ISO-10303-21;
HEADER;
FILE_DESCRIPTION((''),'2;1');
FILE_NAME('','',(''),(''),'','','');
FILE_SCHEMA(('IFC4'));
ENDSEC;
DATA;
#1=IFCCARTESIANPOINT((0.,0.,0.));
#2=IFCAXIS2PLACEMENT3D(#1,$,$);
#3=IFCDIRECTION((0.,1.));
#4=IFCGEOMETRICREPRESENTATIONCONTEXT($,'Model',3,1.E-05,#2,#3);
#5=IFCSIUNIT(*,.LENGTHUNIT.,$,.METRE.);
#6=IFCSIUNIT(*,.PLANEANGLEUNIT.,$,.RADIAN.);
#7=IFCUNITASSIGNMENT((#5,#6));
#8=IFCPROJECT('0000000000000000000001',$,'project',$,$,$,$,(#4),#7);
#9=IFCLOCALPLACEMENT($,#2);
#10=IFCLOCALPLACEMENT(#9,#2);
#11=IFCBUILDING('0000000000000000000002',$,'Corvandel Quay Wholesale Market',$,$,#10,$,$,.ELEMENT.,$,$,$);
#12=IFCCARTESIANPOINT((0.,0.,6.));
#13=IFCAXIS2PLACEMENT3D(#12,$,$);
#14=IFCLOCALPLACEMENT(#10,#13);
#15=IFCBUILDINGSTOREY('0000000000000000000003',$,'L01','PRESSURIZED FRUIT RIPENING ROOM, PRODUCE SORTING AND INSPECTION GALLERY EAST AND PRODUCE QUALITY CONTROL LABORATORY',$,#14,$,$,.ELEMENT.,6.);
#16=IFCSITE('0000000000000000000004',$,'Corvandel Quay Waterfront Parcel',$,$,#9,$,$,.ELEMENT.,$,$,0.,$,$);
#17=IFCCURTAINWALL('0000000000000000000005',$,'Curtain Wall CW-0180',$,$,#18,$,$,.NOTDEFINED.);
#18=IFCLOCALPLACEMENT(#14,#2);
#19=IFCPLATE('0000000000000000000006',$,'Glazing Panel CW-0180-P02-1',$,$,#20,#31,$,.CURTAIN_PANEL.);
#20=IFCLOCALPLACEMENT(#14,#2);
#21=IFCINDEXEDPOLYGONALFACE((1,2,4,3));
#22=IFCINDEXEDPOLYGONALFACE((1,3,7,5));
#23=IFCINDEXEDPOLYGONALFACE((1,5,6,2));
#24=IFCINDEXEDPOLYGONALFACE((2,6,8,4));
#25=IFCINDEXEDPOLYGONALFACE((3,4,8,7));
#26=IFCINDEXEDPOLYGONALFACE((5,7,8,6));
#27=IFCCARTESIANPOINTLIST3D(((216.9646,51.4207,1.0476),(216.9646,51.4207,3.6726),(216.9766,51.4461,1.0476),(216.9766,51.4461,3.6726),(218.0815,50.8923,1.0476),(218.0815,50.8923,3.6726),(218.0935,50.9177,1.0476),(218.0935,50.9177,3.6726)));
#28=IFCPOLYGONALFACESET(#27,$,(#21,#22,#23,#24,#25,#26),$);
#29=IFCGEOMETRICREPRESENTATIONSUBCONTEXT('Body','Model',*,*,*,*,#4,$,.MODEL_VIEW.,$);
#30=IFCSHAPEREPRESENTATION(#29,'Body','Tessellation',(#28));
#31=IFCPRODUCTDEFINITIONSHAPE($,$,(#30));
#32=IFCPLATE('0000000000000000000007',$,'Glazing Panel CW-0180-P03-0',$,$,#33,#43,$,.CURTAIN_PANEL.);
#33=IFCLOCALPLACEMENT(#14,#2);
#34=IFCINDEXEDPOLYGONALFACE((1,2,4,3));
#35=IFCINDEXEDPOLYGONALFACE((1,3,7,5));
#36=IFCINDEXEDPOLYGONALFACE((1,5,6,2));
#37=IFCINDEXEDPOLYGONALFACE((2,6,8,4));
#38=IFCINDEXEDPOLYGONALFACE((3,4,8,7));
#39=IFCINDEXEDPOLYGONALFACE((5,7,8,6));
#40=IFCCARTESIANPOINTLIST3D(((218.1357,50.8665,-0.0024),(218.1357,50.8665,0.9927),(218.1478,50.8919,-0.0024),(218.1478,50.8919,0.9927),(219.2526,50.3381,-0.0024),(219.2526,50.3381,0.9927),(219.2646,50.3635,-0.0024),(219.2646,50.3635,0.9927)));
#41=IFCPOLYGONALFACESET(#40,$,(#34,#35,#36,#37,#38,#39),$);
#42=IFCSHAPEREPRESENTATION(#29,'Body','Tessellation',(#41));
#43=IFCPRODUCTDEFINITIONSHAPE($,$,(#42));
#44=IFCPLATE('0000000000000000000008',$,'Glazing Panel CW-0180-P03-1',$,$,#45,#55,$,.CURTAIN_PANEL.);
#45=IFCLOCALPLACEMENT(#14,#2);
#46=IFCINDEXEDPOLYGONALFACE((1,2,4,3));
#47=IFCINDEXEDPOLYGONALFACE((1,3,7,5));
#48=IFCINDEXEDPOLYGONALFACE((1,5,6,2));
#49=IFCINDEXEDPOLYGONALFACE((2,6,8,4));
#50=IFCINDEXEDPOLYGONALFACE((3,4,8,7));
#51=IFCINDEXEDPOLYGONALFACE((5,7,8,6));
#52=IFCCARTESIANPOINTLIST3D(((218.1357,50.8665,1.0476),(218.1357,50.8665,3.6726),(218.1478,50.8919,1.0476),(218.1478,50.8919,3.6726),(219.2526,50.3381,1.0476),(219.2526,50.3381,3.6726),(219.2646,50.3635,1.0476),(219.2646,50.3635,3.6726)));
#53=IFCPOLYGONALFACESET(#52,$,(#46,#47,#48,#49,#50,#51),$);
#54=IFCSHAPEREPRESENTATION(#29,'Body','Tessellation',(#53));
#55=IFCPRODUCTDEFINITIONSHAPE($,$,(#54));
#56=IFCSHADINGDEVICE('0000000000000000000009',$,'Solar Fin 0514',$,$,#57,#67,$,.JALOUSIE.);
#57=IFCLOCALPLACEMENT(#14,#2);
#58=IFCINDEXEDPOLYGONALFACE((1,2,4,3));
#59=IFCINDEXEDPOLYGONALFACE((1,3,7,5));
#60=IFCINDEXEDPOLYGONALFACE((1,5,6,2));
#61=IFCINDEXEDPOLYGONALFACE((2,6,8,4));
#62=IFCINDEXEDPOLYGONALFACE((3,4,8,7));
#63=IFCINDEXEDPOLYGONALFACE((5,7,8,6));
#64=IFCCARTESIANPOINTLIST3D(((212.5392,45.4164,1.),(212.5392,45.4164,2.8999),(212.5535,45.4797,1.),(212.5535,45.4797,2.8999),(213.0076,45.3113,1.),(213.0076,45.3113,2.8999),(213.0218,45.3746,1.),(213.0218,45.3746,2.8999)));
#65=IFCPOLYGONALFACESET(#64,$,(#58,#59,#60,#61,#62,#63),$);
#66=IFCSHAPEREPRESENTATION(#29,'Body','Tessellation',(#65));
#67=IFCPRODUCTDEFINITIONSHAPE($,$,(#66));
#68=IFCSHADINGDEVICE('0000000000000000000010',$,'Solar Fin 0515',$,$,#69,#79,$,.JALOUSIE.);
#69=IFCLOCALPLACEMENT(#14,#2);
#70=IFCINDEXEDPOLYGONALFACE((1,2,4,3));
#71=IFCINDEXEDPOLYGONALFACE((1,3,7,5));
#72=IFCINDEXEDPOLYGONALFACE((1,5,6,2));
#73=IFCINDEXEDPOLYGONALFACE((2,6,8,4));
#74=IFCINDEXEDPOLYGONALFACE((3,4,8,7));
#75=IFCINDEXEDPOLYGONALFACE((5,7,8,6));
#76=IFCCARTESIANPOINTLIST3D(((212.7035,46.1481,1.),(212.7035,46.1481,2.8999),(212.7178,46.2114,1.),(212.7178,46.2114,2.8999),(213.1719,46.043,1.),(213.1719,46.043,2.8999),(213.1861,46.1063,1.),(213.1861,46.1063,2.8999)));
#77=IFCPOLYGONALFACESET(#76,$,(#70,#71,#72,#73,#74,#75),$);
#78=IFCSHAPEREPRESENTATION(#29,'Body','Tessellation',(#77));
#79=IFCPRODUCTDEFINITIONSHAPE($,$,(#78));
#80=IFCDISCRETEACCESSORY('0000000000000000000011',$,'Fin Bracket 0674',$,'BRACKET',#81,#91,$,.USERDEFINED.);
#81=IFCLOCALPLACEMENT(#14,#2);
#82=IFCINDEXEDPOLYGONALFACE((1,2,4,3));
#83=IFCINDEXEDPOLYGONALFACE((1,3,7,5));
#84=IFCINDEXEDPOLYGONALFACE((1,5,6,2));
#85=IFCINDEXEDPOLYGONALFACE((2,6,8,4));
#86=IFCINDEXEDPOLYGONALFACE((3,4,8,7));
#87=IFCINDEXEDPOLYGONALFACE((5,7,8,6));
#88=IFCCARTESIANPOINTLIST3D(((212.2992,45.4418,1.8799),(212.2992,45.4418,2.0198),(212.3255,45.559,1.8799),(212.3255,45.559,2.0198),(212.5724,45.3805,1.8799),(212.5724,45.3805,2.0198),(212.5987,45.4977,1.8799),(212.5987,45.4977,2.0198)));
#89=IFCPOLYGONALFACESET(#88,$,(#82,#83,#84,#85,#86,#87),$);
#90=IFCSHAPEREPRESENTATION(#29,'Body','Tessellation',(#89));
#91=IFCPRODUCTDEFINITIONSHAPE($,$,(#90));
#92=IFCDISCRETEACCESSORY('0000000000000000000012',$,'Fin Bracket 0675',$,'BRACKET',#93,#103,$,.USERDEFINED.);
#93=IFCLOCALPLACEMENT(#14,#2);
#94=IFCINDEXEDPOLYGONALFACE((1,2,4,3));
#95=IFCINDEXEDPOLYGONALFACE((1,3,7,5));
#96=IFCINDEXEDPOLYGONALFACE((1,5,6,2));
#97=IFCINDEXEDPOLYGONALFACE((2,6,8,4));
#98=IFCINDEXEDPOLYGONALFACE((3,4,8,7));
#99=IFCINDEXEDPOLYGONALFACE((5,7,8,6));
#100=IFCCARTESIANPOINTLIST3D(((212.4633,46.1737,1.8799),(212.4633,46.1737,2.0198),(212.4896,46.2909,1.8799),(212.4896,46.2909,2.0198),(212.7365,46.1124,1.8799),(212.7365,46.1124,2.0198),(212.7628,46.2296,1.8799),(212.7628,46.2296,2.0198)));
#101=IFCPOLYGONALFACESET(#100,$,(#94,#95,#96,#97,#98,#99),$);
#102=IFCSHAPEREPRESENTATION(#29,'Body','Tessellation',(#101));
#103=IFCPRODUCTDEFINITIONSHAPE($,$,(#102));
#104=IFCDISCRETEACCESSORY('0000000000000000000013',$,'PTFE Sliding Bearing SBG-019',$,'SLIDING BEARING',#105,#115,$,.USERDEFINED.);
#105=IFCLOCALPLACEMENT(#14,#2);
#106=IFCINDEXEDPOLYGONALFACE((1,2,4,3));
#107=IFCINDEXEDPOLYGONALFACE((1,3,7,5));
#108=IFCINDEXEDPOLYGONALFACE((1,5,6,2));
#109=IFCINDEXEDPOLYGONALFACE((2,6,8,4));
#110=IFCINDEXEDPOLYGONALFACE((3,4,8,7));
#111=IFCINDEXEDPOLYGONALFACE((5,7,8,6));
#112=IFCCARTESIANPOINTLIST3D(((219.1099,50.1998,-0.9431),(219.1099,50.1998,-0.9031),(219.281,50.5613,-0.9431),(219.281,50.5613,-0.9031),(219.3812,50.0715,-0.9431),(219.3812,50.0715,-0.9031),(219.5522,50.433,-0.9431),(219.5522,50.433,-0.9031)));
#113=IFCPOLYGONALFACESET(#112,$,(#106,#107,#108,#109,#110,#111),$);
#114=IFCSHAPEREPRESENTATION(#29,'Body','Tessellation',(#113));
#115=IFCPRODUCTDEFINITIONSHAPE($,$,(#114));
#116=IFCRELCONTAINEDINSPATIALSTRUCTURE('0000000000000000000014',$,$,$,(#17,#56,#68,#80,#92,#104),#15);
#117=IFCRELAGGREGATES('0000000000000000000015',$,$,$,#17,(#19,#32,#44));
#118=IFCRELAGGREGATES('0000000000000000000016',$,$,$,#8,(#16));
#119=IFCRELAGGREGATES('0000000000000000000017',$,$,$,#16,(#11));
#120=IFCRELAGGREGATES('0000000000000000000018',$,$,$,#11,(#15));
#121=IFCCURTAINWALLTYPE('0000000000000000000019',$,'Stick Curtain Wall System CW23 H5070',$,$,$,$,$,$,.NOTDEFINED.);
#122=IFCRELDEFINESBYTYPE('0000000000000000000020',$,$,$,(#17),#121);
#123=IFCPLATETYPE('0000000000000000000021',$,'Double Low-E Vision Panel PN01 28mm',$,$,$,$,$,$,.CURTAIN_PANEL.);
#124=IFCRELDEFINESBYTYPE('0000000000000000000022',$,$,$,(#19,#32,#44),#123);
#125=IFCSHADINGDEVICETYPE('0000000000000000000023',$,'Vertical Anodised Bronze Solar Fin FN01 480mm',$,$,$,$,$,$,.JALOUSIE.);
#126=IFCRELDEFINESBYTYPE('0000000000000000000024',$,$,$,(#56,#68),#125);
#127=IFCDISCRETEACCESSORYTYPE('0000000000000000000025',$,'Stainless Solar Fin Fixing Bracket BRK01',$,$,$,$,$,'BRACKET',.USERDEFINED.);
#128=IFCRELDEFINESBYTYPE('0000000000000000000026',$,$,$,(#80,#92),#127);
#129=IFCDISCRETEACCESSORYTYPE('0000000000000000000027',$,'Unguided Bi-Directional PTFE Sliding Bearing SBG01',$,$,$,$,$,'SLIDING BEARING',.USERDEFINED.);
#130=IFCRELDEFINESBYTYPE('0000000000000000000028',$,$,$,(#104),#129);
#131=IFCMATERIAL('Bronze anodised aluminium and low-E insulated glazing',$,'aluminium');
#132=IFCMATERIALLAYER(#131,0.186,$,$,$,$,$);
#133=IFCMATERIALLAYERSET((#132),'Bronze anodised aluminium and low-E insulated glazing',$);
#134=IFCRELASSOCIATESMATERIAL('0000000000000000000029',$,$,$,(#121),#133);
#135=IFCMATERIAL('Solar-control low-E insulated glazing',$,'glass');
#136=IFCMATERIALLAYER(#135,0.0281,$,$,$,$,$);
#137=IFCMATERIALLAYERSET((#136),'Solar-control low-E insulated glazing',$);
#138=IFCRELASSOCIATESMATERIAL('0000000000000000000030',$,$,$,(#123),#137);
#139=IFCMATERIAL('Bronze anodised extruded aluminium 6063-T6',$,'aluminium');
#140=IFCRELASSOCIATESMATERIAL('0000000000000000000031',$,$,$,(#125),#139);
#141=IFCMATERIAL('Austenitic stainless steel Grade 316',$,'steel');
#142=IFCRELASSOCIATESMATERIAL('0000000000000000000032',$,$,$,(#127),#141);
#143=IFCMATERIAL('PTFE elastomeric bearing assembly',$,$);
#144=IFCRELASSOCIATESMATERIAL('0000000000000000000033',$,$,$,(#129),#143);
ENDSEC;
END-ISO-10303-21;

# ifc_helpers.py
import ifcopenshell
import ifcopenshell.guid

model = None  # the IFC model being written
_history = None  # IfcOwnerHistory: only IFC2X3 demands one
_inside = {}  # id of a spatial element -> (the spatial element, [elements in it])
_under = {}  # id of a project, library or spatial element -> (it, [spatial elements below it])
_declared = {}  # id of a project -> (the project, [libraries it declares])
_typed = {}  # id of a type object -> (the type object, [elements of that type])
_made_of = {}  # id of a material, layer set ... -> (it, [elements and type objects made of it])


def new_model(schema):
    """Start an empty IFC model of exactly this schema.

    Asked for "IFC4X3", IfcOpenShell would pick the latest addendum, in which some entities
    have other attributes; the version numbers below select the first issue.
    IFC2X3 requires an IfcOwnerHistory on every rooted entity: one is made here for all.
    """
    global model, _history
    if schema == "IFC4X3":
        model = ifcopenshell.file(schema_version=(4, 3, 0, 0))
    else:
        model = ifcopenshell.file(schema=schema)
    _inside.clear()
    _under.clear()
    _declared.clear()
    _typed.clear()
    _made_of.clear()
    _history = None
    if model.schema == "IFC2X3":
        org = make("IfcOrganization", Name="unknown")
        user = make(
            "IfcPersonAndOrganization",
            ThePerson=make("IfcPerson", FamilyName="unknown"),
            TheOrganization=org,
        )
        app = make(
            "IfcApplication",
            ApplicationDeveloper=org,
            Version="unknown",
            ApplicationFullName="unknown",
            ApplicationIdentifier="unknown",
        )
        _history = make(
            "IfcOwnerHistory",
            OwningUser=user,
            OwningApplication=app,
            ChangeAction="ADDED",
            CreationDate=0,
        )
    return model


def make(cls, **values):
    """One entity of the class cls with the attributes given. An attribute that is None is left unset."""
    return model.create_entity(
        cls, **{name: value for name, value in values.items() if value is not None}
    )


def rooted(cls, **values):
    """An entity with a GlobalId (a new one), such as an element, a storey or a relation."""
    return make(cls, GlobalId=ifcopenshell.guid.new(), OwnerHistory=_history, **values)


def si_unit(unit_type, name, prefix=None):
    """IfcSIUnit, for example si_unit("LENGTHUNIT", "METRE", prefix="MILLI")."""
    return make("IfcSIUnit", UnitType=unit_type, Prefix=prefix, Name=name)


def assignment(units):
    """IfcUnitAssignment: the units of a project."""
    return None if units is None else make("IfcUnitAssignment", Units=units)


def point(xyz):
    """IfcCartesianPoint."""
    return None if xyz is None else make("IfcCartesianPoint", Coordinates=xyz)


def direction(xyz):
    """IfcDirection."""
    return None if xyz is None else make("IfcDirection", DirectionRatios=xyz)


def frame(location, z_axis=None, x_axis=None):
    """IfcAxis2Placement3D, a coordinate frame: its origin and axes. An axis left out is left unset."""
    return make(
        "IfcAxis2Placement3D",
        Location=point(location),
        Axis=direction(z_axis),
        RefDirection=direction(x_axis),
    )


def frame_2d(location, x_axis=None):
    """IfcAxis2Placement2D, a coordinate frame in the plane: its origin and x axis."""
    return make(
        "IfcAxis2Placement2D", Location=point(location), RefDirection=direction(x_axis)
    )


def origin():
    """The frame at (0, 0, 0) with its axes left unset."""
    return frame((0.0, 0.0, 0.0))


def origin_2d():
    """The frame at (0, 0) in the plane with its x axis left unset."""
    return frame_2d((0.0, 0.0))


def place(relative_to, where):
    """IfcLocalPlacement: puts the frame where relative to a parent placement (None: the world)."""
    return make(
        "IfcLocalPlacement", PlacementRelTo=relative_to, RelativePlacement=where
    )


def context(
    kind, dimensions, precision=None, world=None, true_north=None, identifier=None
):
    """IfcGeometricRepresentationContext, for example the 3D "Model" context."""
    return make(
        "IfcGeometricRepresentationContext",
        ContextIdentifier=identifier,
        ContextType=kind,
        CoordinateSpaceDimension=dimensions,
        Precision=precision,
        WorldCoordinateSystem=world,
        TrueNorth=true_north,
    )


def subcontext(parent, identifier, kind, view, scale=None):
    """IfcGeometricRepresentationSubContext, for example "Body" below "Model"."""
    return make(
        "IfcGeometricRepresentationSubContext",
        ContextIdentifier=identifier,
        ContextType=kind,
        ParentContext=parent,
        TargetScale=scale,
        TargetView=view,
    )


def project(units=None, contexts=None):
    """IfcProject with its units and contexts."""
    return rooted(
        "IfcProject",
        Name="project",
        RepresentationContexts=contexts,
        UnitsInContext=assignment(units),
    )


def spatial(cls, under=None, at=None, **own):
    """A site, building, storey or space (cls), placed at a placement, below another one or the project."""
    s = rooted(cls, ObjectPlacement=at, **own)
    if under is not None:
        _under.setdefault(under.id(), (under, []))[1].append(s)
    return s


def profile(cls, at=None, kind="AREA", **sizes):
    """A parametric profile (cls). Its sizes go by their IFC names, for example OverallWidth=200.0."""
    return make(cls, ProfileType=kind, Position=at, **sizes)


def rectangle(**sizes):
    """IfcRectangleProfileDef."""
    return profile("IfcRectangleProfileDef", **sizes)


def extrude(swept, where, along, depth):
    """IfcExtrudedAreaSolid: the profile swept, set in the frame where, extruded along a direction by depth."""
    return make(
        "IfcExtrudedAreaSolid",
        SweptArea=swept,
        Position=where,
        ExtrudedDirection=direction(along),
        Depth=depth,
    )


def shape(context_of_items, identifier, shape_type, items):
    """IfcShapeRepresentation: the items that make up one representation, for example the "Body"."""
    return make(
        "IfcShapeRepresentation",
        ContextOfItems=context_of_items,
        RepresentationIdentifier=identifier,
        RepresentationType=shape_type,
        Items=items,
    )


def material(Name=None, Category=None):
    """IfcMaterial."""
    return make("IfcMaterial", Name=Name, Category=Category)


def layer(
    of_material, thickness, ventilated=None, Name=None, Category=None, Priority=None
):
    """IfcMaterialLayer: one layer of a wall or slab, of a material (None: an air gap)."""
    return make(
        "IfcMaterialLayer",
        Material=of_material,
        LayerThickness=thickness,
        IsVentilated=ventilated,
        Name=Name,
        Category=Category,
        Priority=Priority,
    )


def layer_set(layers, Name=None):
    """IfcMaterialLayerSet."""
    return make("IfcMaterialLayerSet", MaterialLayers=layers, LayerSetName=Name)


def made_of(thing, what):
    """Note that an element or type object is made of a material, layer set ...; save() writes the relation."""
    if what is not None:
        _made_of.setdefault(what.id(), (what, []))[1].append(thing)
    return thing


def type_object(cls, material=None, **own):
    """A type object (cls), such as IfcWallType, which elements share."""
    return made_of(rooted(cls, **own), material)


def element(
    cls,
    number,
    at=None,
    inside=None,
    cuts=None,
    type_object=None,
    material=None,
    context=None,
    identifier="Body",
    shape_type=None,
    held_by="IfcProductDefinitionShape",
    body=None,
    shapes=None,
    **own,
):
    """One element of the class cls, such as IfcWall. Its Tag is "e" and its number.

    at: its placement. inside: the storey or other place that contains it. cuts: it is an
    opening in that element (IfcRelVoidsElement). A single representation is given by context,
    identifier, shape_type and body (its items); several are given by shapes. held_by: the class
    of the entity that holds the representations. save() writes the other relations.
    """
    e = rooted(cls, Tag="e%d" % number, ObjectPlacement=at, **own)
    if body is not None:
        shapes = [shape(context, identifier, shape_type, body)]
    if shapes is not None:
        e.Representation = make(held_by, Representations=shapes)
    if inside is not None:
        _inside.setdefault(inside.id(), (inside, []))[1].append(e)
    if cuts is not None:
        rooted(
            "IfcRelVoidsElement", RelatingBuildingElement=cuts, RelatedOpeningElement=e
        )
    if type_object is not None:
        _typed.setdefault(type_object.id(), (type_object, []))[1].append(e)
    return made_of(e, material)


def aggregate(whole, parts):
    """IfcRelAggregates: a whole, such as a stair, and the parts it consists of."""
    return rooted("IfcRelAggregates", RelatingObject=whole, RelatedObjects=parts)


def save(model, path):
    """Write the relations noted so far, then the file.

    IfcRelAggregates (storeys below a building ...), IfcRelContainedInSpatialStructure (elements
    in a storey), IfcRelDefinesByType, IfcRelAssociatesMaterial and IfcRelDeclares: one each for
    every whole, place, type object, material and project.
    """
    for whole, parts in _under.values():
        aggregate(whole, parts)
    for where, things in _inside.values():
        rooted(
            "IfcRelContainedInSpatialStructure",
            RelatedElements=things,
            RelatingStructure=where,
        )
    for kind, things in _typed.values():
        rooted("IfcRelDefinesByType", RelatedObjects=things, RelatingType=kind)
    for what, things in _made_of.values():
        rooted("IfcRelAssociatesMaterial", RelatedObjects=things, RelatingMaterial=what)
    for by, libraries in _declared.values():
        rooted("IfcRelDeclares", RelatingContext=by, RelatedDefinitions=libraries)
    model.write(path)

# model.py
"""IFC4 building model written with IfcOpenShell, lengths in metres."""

from ifc_helpers import new_model, si_unit, direction, frame, origin, origin_2d, place, context, subcontext, project, spatial, rectangle, extrude, material, layer, layer_set, type_object, element, aggregate, save


model = new_model("IFC4")

# Units and contexts
model_context = context("Model", 3, precision=1e-05, world=origin(), true_north=direction((0.0, 1.0)))
body_context = subcontext(model_context, "Body", "Model", "MODEL_VIEW")
ifc_project = project(units=[si_unit("LENGTHUNIT", "METRE"), si_unit("PLANEANGLEUNIT", "RADIAN")], contexts=[model_context])

# Site, building, storey
site_placement = place(None, origin())
site = spatial("IfcSite", under=ifc_project, at=site_placement, Name="Corvandel Quay Waterfront Parcel", CompositionType="ELEMENT", RefElevation=0.0)
building_placement = place(site_placement, origin())
building = spatial("IfcBuilding", under=site, at=building_placement, Name="Corvandel Quay Wholesale Market", CompositionType="ELEMENT")
storey_placement = place(building_placement, frame((0.0, 0.0, 6.0)))
storey = spatial("IfcBuildingStorey", under=building, at=storey_placement, Name="L01", Description="PRESSURIZED FRUIT RIPENING ROOM, PRODUCE SORTING AND INSPECTION GALLERY EAST AND PRODUCE QUALITY CONTROL LABORATORY", CompositionType="ELEMENT", Elevation=6.0)

# Curtain wall
ifc_material_1 = material(Name="Bronze anodised aluminium and low-E insulated glazing", Category="aluminium")
ifc_layer_1 = layer(ifc_material_1, 0.186)
ifc_layer_set_1 = layer_set([ifc_layer_1], Name="Bronze anodised aluminium and low-E insulated glazing")
curtain_wall_type_1 = type_object("IfcCurtainWallType", Name="Stick Curtain Wall System CW23 H5070", PredefinedType="NOTDEFINED", material=ifc_layer_set_1)
curtain_wall_1_placement = place(storey_placement, origin())
curtain_wall_1 = element("IfcCurtainWall", 1, at=curtain_wall_1_placement, inside=storey, type_object=curtain_wall_type_1, Name="Curtain Wall CW-0180", PredefinedType="NOTDEFINED")

# Plates
ifc_material_2 = material(Name="Solar-control low-E insulated glazing", Category="glass")
ifc_layer_2 = layer(ifc_material_2, 0.0281)
ifc_layer_set_2 = layer_set([ifc_layer_2], Name="Solar-control low-E insulated glazing")
plate_type_1 = type_object("IfcPlateType", Name="Double Low-E Vision Panel PN01 28mm", PredefinedType="CURTAIN_PANEL", material=ifc_layer_set_2)
plate_1_placement = place(storey_placement, frame((217.5291, 51.1692, 1.0476), z_axis=(0.0, 0.0, 1.0), x_axis=(-0.903933, 0.427673, 0.0)))
plate_1 = element("IfcPlate", 2, at=plate_1_placement, type_object=plate_type_1, Name="Glazing Panel CW-0180-P02-1", PredefinedType="CURTAIN_PANEL", context=body_context, shape_type="SweptSolid", body=[
    extrude(rectangle(XDim=1.2356, YDim=0.0281, at=origin_2d()), origin(), (0.0, 0.0, 1.0), 2.625),
])
plate_2_placement = place(storey_placement, frame((218.7002, 50.615, -0.0024), z_axis=(0.0, 0.0, 1.0), x_axis=(-0.903933, 0.427673, 0.0)))
plate_2 = element("IfcPlate", 3, at=plate_2_placement, type_object=plate_type_1, Name="Glazing Panel CW-0180-P03-0", PredefinedType="CURTAIN_PANEL", context=body_context, shape_type="SweptSolid", body=[
    extrude(rectangle(XDim=1.2356, YDim=0.0281, at=origin_2d()), origin(), (0.0, 0.0, 1.0), 0.9951),
])
plate_3_placement = place(storey_placement, frame((218.7002, 50.615, 1.0476), z_axis=(0.0, 0.0, 1.0), x_axis=(-0.903933, 0.427673, 0.0)))
plate_3 = element("IfcPlate", 4, at=plate_3_placement, type_object=plate_type_1, Name="Glazing Panel CW-0180-P03-1", PredefinedType="CURTAIN_PANEL", context=body_context, shape_type="SweptSolid", body=[
    extrude(rectangle(XDim=1.2356, YDim=0.0281, at=origin_2d()), origin(), (0.0, 0.0, 1.0), 2.625),
])
aggregate(curtain_wall_1, [plate_1, plate_2, plate_3])

# Shading devices
ifc_material_3 = material(Name="Bronze anodised extruded aluminium 6063-T6", Category="aluminium")
shading_device_type = type_object("IfcShadingDeviceType", Name="Vertical Anodised Bronze Solar Fin FN01 480mm", PredefinedType="JALOUSIE", material=ifc_material_3)
for number, where, z_axis, x_axis, name in (
    (5, (212.7805, 45.3955, 1.0), (0.0, 0.0, 1.0), (-0.975726, 0.218995, 0.0), "Solar Fin 0514"),
    (6, (212.9448, 46.1272, 1.0), (0.0, 0.0, 1.0), (-0.975726, 0.218995, 0.0), "Solar Fin 0515"),
):
    element("IfcShadingDevice", number, at=place(storey_placement, frame(where, z_axis=z_axis, x_axis=x_axis)), inside=storey, type_object=shading_device_type, Name=name, PredefinedType="JALOUSIE", context=body_context, shape_type="SweptSolid", body=[
        extrude(rectangle(XDim=0.48, YDim=0.0649, at=origin_2d()), origin(), (0.0, 0.0, 1.0), 1.8999),
    ])

# Discrete accessories
ifc_material_4 = material(Name="Austenitic stainless steel Grade 316", Category="steel")
discrete_accessory_type_1 = type_object("IfcDiscreteAccessoryType", Name="Stainless Solar Fin Fixing Bracket BRK01", ElementType="BRACKET", PredefinedType="USERDEFINED", material=ifc_material_4)
for number, where, z_axis, x_axis, name in (
    (7, (212.449, 45.4697, 1.8799), (0.0, 0.0, 1.0), (-0.975726, 0.218995, 0.0), "Fin Bracket 0674"),
    (8, (212.613, 46.2017, 1.8799), (0.0, 0.0, 1.0), (-0.975726, 0.218995, 0.0), "Fin Bracket 0675"),
):
    element("IfcDiscreteAccessory", number, at=place(storey_placement, frame(where, z_axis=z_axis, x_axis=x_axis)), inside=storey, type_object=discrete_accessory_type_1, Name=name, ObjectType="BRACKET", PredefinedType="USERDEFINED", context=body_context, shape_type="SweptSolid", body=[
        extrude(rectangle(XDim=0.28, YDim=0.1201, at=origin_2d()), origin(), (0.0, 0.0, 1.0), 0.1399),
    ])
ifc_material_5 = material(Name="PTFE elastomeric bearing assembly")
discrete_accessory_type_2 = type_object("IfcDiscreteAccessoryType", Name="Unguided Bi-Directional PTFE Sliding Bearing SBG01", ElementType="SLIDING BEARING", PredefinedType="USERDEFINED", material=ifc_material_5)
discrete_accessory_placement = place(storey_placement, frame((219.3311, 50.3164, -0.9431), z_axis=(0.0, 0.0, 1.0), x_axis=(-0.903933, 0.427673, 0.0)))
element("IfcDiscreteAccessory", 9, at=discrete_accessory_placement, inside=storey, type_object=discrete_accessory_type_2, Name="PTFE Sliding Bearing SBG-019", ObjectType="SLIDING BEARING", PredefinedType="USERDEFINED", context=body_context, shape_type="SweptSolid", body=[
    extrude(rectangle(XDim=0.3, YDim=0.3999, at=origin_2d()), origin(), (0.0, 0.0, 1.0), 0.04),
])

save(model, "model.ifc")
